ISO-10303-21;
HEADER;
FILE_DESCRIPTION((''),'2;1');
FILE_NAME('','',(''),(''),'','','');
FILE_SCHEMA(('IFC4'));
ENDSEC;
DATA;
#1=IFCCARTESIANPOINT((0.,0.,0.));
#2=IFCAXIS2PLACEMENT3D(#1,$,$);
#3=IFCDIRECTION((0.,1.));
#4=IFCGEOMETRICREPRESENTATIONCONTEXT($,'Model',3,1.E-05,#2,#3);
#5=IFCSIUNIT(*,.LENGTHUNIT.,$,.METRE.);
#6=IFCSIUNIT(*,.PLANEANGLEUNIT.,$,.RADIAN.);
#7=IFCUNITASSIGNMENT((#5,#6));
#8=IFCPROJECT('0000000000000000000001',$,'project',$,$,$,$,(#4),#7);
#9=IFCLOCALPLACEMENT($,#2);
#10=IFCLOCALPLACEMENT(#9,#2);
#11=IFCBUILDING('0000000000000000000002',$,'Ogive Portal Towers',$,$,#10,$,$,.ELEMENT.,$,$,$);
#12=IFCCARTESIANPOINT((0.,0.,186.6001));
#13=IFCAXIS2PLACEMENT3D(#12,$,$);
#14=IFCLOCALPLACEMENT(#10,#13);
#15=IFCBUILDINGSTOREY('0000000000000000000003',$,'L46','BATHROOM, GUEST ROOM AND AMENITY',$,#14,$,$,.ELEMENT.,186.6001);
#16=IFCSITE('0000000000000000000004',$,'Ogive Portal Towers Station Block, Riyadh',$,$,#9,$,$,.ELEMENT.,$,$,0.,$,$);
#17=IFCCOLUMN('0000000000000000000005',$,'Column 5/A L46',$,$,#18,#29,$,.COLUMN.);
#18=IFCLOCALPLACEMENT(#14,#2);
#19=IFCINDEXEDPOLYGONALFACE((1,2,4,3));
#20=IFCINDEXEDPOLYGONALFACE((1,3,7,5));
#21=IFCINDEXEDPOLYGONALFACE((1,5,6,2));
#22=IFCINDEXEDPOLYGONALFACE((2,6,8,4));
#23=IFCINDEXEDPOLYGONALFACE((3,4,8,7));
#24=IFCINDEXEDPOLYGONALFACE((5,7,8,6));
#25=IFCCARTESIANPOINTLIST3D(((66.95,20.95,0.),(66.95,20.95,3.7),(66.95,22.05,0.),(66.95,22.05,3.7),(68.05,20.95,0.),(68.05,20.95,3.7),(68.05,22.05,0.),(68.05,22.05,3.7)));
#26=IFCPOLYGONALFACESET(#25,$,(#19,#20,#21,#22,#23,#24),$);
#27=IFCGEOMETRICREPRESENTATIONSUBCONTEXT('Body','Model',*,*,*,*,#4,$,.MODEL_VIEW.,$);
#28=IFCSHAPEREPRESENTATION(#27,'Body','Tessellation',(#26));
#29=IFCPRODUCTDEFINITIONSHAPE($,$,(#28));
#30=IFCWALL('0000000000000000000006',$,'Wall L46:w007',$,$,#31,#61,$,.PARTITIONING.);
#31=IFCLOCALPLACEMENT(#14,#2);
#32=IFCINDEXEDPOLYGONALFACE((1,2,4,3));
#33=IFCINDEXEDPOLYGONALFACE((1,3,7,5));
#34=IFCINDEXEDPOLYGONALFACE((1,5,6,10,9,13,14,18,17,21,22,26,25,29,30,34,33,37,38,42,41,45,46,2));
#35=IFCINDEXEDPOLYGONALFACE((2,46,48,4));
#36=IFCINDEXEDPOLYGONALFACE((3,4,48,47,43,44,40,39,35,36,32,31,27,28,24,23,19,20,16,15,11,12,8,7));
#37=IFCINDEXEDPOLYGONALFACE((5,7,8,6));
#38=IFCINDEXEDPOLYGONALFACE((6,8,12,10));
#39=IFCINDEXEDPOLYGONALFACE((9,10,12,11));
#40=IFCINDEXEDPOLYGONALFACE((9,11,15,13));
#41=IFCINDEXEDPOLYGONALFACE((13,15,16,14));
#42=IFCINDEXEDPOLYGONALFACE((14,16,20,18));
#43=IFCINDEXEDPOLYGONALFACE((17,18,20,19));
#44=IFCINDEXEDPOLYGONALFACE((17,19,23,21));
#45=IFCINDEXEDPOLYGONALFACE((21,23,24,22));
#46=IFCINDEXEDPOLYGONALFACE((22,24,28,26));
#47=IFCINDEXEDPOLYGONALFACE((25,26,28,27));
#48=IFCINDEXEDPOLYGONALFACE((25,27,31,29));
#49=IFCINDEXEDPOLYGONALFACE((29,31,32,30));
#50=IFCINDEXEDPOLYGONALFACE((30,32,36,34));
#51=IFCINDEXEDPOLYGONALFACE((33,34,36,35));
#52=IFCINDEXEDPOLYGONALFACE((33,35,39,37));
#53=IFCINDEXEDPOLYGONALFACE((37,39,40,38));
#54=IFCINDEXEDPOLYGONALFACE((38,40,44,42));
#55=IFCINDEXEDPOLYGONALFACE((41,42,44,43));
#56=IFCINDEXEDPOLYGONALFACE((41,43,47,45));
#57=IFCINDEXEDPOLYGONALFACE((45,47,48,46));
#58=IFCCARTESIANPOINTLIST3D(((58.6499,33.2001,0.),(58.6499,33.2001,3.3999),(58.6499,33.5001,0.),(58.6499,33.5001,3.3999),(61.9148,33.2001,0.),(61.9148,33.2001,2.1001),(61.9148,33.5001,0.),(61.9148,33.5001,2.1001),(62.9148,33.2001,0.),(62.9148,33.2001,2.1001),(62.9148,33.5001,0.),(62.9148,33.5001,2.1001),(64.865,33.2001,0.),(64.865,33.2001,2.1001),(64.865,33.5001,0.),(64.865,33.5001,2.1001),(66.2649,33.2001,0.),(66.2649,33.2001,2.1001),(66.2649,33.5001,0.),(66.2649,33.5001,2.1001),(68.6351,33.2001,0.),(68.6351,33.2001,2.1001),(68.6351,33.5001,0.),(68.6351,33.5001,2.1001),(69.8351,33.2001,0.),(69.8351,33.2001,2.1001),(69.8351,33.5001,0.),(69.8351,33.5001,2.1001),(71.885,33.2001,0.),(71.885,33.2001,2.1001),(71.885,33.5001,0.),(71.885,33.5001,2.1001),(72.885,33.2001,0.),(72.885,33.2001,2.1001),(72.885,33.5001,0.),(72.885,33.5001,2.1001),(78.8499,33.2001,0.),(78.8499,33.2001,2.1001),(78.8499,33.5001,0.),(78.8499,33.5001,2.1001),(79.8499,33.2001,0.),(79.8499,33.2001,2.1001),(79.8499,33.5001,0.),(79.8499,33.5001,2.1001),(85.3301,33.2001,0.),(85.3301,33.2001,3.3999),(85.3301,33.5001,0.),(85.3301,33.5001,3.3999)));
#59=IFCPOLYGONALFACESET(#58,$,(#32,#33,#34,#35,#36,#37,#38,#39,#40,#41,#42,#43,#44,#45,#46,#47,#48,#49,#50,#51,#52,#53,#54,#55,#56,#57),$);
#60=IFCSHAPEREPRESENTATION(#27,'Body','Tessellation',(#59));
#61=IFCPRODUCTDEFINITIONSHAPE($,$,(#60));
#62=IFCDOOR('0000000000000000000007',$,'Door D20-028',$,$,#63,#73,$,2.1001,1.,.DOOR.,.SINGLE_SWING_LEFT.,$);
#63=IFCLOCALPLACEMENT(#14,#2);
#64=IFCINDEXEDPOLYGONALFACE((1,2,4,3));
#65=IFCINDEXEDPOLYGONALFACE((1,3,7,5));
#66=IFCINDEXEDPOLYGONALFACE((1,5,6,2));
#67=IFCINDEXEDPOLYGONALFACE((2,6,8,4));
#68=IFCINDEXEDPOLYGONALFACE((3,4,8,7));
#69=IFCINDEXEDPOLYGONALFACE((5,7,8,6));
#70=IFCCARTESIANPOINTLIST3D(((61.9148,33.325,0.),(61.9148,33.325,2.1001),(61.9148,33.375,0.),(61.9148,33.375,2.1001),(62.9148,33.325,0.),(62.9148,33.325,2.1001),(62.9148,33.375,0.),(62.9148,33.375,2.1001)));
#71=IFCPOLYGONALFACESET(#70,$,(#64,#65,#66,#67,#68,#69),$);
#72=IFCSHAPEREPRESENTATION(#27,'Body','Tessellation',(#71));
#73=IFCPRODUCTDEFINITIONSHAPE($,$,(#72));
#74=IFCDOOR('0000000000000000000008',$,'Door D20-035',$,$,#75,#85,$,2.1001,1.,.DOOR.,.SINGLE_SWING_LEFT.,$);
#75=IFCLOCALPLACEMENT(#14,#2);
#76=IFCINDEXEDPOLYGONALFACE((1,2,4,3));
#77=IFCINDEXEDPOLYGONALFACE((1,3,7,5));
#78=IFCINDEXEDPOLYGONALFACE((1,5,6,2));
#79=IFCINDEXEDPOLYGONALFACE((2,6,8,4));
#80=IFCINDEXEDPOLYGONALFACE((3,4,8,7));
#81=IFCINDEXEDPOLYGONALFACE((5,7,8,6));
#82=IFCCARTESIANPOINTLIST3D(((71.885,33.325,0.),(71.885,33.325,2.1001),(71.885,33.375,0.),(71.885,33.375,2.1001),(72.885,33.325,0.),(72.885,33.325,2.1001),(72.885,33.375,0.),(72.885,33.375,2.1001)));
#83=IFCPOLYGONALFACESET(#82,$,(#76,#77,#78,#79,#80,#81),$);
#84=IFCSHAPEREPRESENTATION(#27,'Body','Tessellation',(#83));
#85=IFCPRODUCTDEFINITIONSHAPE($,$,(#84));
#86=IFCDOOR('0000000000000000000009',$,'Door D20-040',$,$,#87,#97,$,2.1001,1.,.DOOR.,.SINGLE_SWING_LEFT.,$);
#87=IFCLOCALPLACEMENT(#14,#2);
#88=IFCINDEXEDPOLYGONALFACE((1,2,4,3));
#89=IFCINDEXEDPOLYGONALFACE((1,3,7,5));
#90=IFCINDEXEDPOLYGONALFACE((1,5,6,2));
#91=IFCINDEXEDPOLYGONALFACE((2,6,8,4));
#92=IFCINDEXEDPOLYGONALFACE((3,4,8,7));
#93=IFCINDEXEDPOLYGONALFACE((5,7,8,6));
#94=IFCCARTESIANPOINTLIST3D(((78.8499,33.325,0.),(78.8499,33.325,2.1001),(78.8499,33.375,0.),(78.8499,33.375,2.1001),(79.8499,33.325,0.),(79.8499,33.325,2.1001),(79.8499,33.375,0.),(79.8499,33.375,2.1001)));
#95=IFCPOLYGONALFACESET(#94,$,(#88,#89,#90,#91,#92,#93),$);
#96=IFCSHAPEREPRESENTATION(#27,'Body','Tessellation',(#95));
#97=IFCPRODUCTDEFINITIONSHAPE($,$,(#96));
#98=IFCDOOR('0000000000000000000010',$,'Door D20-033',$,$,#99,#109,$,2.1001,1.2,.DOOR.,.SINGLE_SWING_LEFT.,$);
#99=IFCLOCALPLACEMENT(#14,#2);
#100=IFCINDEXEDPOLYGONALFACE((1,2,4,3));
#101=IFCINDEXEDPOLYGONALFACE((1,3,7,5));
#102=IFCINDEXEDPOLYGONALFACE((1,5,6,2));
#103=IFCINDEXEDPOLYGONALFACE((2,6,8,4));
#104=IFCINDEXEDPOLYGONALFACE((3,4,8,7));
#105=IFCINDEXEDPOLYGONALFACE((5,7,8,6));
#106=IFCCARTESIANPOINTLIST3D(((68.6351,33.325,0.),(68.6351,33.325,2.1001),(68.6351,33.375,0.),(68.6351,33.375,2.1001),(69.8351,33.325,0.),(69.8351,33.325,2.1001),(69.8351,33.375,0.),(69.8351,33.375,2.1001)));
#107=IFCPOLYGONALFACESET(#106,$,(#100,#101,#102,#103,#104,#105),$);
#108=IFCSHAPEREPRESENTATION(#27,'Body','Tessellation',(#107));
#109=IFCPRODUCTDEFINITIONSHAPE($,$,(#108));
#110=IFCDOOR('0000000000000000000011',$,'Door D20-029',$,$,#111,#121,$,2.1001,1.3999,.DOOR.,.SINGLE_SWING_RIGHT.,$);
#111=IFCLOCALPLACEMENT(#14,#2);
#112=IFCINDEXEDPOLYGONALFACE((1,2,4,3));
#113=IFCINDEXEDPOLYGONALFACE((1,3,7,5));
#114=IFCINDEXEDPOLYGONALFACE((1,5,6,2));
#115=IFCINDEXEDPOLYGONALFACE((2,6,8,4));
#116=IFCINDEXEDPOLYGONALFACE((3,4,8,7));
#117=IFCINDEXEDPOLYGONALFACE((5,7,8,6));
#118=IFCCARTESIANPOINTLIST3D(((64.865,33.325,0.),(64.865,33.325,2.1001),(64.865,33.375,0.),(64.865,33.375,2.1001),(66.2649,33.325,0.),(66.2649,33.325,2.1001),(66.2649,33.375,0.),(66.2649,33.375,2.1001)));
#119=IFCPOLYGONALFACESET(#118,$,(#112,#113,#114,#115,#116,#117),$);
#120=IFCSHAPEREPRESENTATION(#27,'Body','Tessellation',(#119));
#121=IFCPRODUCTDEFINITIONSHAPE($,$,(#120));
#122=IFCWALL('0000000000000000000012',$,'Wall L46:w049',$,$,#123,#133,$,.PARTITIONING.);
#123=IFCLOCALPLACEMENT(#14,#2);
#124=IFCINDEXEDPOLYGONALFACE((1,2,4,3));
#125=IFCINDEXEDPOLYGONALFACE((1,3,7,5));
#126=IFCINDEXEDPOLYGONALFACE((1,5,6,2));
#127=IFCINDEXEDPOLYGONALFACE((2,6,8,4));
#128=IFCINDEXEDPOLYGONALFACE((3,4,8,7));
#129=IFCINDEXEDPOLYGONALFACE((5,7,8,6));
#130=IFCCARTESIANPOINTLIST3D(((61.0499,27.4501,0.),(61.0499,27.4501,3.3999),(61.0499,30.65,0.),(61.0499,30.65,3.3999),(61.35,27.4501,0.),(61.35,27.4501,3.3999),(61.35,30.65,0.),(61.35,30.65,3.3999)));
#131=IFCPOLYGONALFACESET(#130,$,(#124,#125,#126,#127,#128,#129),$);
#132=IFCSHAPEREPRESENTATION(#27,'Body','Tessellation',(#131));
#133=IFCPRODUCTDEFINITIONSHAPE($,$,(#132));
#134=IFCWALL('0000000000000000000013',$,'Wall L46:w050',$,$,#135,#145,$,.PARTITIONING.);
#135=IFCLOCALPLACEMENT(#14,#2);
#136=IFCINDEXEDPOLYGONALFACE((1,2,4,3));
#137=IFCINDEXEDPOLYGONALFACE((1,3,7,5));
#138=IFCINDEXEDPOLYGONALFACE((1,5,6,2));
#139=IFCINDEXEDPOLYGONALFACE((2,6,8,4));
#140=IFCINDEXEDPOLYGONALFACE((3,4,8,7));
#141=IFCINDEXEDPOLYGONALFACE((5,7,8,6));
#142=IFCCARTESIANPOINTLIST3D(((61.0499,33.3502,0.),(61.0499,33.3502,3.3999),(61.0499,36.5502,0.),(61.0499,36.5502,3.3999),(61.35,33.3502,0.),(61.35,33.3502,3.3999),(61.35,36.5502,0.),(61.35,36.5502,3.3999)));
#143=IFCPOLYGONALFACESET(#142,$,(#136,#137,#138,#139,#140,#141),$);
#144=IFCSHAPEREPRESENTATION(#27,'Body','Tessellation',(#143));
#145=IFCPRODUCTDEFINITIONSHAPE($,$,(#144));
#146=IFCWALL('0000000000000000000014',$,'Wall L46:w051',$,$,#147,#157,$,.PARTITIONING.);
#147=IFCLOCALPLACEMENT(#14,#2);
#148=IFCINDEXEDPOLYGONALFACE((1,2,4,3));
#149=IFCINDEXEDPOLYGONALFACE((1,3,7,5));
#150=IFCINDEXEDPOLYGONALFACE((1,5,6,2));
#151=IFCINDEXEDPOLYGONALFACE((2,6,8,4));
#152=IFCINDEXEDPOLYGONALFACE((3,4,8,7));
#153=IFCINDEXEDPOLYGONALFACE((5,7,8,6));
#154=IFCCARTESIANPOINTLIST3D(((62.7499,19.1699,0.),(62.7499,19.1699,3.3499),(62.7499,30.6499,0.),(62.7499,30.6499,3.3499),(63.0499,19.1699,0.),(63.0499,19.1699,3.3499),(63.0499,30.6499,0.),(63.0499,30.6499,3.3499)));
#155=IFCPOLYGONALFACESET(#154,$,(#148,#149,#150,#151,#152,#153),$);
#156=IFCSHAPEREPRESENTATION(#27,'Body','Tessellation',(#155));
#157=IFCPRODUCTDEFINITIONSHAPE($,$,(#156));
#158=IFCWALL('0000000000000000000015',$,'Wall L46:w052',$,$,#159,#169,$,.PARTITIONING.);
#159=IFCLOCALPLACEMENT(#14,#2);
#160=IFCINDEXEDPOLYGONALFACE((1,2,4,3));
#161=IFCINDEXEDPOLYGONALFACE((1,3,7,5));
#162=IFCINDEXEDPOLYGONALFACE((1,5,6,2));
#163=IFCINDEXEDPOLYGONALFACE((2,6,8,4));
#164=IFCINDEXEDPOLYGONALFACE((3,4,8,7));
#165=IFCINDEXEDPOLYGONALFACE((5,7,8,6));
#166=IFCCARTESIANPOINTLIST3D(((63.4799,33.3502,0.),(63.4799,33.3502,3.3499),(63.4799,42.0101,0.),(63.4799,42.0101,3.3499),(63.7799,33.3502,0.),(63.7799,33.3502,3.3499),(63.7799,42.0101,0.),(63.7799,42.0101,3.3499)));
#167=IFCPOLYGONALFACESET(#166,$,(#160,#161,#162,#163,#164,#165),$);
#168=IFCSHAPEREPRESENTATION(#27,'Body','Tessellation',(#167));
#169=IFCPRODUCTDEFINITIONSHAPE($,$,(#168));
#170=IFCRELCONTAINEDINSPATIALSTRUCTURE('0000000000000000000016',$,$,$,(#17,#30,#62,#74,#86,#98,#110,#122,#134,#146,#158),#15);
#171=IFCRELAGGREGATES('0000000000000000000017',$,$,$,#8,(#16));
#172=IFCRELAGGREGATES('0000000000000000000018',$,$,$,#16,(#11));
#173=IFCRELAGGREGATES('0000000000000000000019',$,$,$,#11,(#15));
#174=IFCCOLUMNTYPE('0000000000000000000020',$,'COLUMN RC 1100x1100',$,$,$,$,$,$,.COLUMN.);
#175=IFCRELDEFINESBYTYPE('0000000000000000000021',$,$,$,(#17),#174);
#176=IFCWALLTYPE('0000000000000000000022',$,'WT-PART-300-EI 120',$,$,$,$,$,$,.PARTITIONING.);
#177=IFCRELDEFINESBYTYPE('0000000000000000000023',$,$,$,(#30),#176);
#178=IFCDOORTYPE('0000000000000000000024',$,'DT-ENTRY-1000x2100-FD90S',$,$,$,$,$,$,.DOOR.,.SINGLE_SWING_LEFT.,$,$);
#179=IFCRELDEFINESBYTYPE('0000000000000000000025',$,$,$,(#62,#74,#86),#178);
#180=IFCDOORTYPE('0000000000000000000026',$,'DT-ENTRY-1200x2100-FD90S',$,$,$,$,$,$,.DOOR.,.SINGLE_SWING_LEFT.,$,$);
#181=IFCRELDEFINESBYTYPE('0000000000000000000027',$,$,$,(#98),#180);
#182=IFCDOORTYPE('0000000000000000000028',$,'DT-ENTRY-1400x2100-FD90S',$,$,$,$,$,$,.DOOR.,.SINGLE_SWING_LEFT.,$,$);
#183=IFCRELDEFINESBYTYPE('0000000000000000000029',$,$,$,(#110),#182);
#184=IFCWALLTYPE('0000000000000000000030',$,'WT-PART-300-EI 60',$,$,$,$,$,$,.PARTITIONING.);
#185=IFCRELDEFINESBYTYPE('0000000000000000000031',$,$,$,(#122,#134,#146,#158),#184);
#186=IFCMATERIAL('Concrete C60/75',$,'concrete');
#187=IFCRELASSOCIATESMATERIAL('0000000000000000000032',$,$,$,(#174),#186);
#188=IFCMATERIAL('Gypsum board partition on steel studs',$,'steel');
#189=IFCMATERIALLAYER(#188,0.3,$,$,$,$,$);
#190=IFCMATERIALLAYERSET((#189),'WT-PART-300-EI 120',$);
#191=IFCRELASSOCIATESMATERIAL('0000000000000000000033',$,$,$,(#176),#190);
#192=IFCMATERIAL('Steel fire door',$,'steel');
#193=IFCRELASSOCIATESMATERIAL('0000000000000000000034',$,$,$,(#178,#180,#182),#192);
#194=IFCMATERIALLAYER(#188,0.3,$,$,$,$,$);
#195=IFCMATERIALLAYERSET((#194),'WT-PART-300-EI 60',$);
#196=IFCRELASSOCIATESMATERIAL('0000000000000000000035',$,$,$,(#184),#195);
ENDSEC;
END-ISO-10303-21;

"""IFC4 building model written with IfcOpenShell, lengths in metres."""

from ifc_helpers import new_model, si_unit, direction, frame, frame_2d, origin, origin_2d, place, context, subcontext, project, spatial, rectangle, extrude, material, layer, layer_set, material_profile, profile_set, type_object, element, fill, save


model = new_model("IFC4")

# Units and contexts
model_context = context("Model", 3, precision=1e-05, world=origin(), true_north=direction((0.0, 1.0)))
body_context = subcontext(model_context, "Body", "Model", "MODEL_VIEW")
ifc_project = project(units=[si_unit("LENGTHUNIT", "METRE"), si_unit("PLANEANGLEUNIT", "RADIAN")], contexts=[model_context])

# Site, building, storey
site_placement = place(None, origin())
site = spatial("IfcSite", under=ifc_project, at=site_placement, Name="Ogive Portal Towers Station Block, Riyadh", CompositionType="ELEMENT", RefElevation=0.0)
building_placement = place(site_placement, origin())
building = spatial("IfcBuilding", under=site, at=building_placement, Name="Ogive Portal Towers", CompositionType="ELEMENT")
storey_placement = place(building_placement, frame((0.0, 0.0, 186.6001)))
storey = spatial("IfcBuildingStorey", under=building, at=storey_placement, Name="L46", Description="BATHROOM, GUEST ROOM AND AMENITY", CompositionType="ELEMENT", Elevation=186.6001)

# Column
ifc_material_1 = material(Name="Concrete C60/75", Category="concrete")
ifc_material_profile = material_profile(ifc_material_1, rectangle(XDim=1.1001, YDim=1.1001, at=origin_2d()), Name="RC 1100x1100")
ifc_profile_set = profile_set([ifc_material_profile], Name="Concrete C60/75")
column_type = type_object("IfcColumnType", Name="COLUMN RC 1100x1100", PredefinedType="COLUMN", material=ifc_profile_set)
column_placement = place(storey_placement, frame((67.5, 21.5, 0.0), z_axis=(0.0, 0.0, 1.0), x_axis=(1.0, 0.0, 0.0)))
element("IfcColumn", 1, at=column_placement, inside=storey, type_object=column_type, Name="Column 5/A L46", PredefinedType="COLUMN", context=body_context, shape_type="SweptSolid", body=[
    extrude(rectangle(XDim=1.1001, YDim=1.1001, at=origin_2d()), origin(), (0.0, 0.0, 1.0), 3.7),
])

# Wall, openings, doors
ifc_material_2 = material(Name="Gypsum board partition on steel studs", Category="steel")
ifc_layer_1 = layer(ifc_material_2, 0.3)
ifc_layer_set_1 = layer_set([ifc_layer_1], Name="WT-PART-300-EI 120")
wall_type_1 = type_object("IfcWallType", Name="WT-PART-300-EI 120", PredefinedType="PARTITIONING", material=ifc_layer_set_1)
wall_1_placement = place(storey_placement, frame((58.6499, 33.3501, 0.0), z_axis=(0.0, 0.0, 1.0), x_axis=(1.0, 0.0, 0.0)))
wall_1 = element("IfcWall", 2, at=wall_1_placement, inside=storey, type_object=wall_type_1, Name="Wall L46:w007", PredefinedType="PARTITIONING", context=body_context, shape_type="SweptSolid", body=[
    extrude(rectangle(XDim=26.6802, YDim=0.3, at=frame_2d((13.3401, 0.0))), origin(), (0.0, 0.0, 1.0), 3.3999),
])
opening_1_placement = place(wall_1_placement, frame((3.2649, 0.0, 0.0)))
opening_1 = element("IfcOpeningElement", 3, at=opening_1_placement, cuts=wall_1, PredefinedType="OPENING", context=body_context, shape_type="SweptSolid", body=[
    extrude(rectangle(XDim=1.0, YDim=2.1001, at=frame_2d((0.5, 1.05))), frame((0.0, 0.1602, 0.0), z_axis=(0.0, -1.0, 0.0), x_axis=(1.0, 0.0, 0.0)), (0.0, 0.0, 1.0), 0.3201),
])
opening_2_placement = place(wall_1_placement, frame((6.2151, 0.0, 0.0)))
opening_2 = element("IfcOpeningElement", 4, at=opening_2_placement, cuts=wall_1, PredefinedType="OPENING", context=body_context, shape_type="SweptSolid", body=[
    extrude(rectangle(XDim=1.3999, YDim=2.1001, at=frame_2d((0.7, 1.05))), frame((0.0, 0.1602, 0.0), z_axis=(0.0, -1.0, 0.0), x_axis=(1.0, 0.0, 0.0)), (0.0, 0.0, 1.0), 0.3201),
])
opening_3_placement = place(wall_1_placement, frame((9.9851, 0.0, 0.0)))
opening_3 = element("IfcOpeningElement", 5, at=opening_3_placement, cuts=wall_1, PredefinedType="OPENING", context=body_context, shape_type="SweptSolid", body=[
    extrude(rectangle(XDim=1.2, YDim=2.1001, at=frame_2d((0.6001, 1.05))), frame((0.0, 0.1602, 0.0), z_axis=(0.0, -1.0, 0.0), x_axis=(1.0, 0.0, 0.0)), (0.0, 0.0, 1.0), 0.3201),
])
opening_4_placement = place(wall_1_placement, frame((13.2351, 0.0, 0.0)))
opening_4 = element("IfcOpeningElement", 6, at=opening_4_placement, cuts=wall_1, PredefinedType="OPENING", context=body_context, shape_type="SweptSolid", body=[
    extrude(rectangle(XDim=1.0, YDim=2.1001, at=frame_2d((0.5, 1.05))), frame((0.0, 0.1602, 0.0), z_axis=(0.0, -1.0, 0.0), x_axis=(1.0, 0.0, 0.0)), (0.0, 0.0, 1.0), 0.3201),
])
opening_5_placement = place(wall_1_placement, frame((20.2, 0.0, 0.0)))
opening_5 = element("IfcOpeningElement", 7, at=opening_5_placement, cuts=wall_1, PredefinedType="OPENING", context=body_context, shape_type="SweptSolid", body=[
    extrude(rectangle(XDim=1.0, YDim=2.1001, at=frame_2d((0.5, 1.05))), frame((0.0, 0.1602, 0.0), z_axis=(0.0, -1.0, 0.0), x_axis=(1.0, 0.0, 0.0)), (0.0, 0.0, 1.0), 0.3201),
])
ifc_material_3 = material(Name="Steel fire door", Category="steel")
door_type_1 = type_object("IfcDoorType", Name="DT-ENTRY-1000x2100-FD90S", OperationType="SINGLE_SWING_LEFT", PredefinedType="DOOR", material=ifc_material_3)
door_1_placement = place(opening_1_placement, origin())
door_1 = element("IfcDoor", 8, at=door_1_placement, inside=storey, type_object=door_type_1, Name="Door D20-028", OperationType="SINGLE_SWING_LEFT", OverallHeight=2.1001, OverallWidth=1.0, PredefinedType="DOOR", context=body_context, shape_type="SweptSolid", body=[
    extrude(rectangle(XDim=1.0, YDim=2.1001, at=frame_2d((0.5, 1.05))), frame((0.0, 0.0249, 0.0), z_axis=(0.0, -1.0, 0.0), x_axis=(1.0, 0.0, 0.0)), (0.0, 0.0, 1.0), 0.05),
])
fill(opening_1, door_1)
door_2_placement = place(opening_4_placement, origin())
door_2 = element("IfcDoor", 9, at=door_2_placement, inside=storey, type_object=door_type_1, Name="Door D20-035", OperationType="SINGLE_SWING_LEFT", OverallHeight=2.1001, OverallWidth=1.0, PredefinedType="DOOR", context=body_context, shape_type="SweptSolid", body=[
    extrude(rectangle(XDim=1.0, YDim=2.1001, at=frame_2d((0.5, 1.05))), frame((0.0, 0.0249, 0.0), z_axis=(0.0, -1.0, 0.0), x_axis=(1.0, 0.0, 0.0)), (0.0, 0.0, 1.0), 0.05),
])
fill(opening_4, door_2)
door_3_placement = place(opening_5_placement, origin())
door_3 = element("IfcDoor", 10, at=door_3_placement, inside=storey, type_object=door_type_1, Name="Door D20-040", OperationType="SINGLE_SWING_LEFT", OverallHeight=2.1001, OverallWidth=1.0, PredefinedType="DOOR", context=body_context, shape_type="SweptSolid", body=[
    extrude(rectangle(XDim=1.0, YDim=2.1001, at=frame_2d((0.5, 1.05))), frame((0.0, 0.0249, 0.0), z_axis=(0.0, -1.0, 0.0), x_axis=(1.0, 0.0, 0.0)), (0.0, 0.0, 1.0), 0.05),
])
fill(opening_5, door_3)
door_type_2 = type_object("IfcDoorType", Name="DT-ENTRY-1200x2100-FD90S", OperationType="SINGLE_SWING_LEFT", PredefinedType="DOOR", material=ifc_material_3)
door_4_placement = place(opening_3_placement, origin())
door_4 = element("IfcDoor", 11, at=door_4_placement, inside=storey, type_object=door_type_2, Name="Door D20-033", OperationType="SINGLE_SWING_LEFT", OverallHeight=2.1001, OverallWidth=1.2, PredefinedType="DOOR", context=body_context, shape_type="SweptSolid", body=[
    extrude(rectangle(XDim=1.2, YDim=2.1001, at=frame_2d((0.6001, 1.05))), frame((0.0, 0.0249, 0.0), z_axis=(0.0, -1.0, 0.0), x_axis=(1.0, 0.0, 0.0)), (0.0, 0.0, 1.0), 0.05),
])
fill(opening_3, door_4)
door_type_3 = type_object("IfcDoorType", Name="DT-ENTRY-1400x2100-FD90S", OperationType="SINGLE_SWING_LEFT", PredefinedType="DOOR", material=ifc_material_3)
door_5_placement = place(opening_2_placement, origin())
door_5 = element("IfcDoor", 12, at=door_5_placement, inside=storey, type_object=door_type_3, Name="Door D20-029", OperationType="SINGLE_SWING_RIGHT", OverallHeight=2.1001, OverallWidth=1.3999, PredefinedType="DOOR", context=body_context, shape_type="SweptSolid", body=[
    extrude(rectangle(XDim=1.3999, YDim=2.1001, at=frame_2d((0.7, 1.05))), frame((0.0, 0.0249, 0.0), z_axis=(0.0, -1.0, 0.0), x_axis=(1.0, 0.0, 0.0)), (0.0, 0.0, 1.0), 0.05),
])
fill(opening_2, door_5)

# Walls
ifc_layer_2 = layer(ifc_material_2, 0.3)
ifc_layer_set_2 = layer_set([ifc_layer_2], Name="WT-PART-300-EI 60")
wall_type_2 = type_object("IfcWallType", Name="WT-PART-300-EI 60", PredefinedType="PARTITIONING", material=ifc_layer_set_2)
for number, where, z_axis, x_axis, name in (
    (13, (61.2, 27.45, 0.0), (0.0, 0.0, 1.0), (0.0, 1.0, 0.0), "Wall L46:w049"),
    (14, (61.2, 33.3501, 0.0), (0.0, 0.0, 1.0), (0.0, 1.0, 0.0), "Wall L46:w050"),
):
    element("IfcWall", number, at=place(storey_placement, frame(where, z_axis=z_axis, x_axis=x_axis)), inside=storey, type_object=wall_type_2, Name=name, PredefinedType="PARTITIONING", context=body_context, shape_type="SweptSolid", body=[
        extrude(rectangle(XDim=3.2, YDim=0.3, at=frame_2d((1.6001, 0.0))), origin(), (0.0, 0.0, 1.0), 3.3999),
    ])
wall_2_placement = place(storey_placement, frame((62.8999, 19.1699, 0.0), z_axis=(0.0, 0.0, 1.0), x_axis=(0.0, 1.0, 0.0)))
element("IfcWall", 15, at=wall_2_placement, inside=storey, type_object=wall_type_2, Name="Wall L46:w051", PredefinedType="PARTITIONING", context=body_context, shape_type="SweptSolid", body=[
    extrude(rectangle(XDim=11.48, YDim=0.3, at=frame_2d((5.74, 0.0))), origin(), (0.0, 0.0, 1.0), 3.3499),
])
wall_3_placement = place(storey_placement, frame((63.6299, 33.3501, 0.0), z_axis=(0.0, 0.0, 1.0), x_axis=(0.0, 1.0, 0.0)))
element("IfcWall", 16, at=wall_3_placement, inside=storey, type_object=wall_type_2, Name="Wall L46:w052", PredefinedType="PARTITIONING", context=body_context, shape_type="SweptSolid", body=[
    extrude(rectangle(XDim=8.6599, YDim=0.3, at=frame_2d((4.3301, 0.0))), origin(), (0.0, 0.0, 1.0), 3.3499),
])

save(model, "model.ifc")
